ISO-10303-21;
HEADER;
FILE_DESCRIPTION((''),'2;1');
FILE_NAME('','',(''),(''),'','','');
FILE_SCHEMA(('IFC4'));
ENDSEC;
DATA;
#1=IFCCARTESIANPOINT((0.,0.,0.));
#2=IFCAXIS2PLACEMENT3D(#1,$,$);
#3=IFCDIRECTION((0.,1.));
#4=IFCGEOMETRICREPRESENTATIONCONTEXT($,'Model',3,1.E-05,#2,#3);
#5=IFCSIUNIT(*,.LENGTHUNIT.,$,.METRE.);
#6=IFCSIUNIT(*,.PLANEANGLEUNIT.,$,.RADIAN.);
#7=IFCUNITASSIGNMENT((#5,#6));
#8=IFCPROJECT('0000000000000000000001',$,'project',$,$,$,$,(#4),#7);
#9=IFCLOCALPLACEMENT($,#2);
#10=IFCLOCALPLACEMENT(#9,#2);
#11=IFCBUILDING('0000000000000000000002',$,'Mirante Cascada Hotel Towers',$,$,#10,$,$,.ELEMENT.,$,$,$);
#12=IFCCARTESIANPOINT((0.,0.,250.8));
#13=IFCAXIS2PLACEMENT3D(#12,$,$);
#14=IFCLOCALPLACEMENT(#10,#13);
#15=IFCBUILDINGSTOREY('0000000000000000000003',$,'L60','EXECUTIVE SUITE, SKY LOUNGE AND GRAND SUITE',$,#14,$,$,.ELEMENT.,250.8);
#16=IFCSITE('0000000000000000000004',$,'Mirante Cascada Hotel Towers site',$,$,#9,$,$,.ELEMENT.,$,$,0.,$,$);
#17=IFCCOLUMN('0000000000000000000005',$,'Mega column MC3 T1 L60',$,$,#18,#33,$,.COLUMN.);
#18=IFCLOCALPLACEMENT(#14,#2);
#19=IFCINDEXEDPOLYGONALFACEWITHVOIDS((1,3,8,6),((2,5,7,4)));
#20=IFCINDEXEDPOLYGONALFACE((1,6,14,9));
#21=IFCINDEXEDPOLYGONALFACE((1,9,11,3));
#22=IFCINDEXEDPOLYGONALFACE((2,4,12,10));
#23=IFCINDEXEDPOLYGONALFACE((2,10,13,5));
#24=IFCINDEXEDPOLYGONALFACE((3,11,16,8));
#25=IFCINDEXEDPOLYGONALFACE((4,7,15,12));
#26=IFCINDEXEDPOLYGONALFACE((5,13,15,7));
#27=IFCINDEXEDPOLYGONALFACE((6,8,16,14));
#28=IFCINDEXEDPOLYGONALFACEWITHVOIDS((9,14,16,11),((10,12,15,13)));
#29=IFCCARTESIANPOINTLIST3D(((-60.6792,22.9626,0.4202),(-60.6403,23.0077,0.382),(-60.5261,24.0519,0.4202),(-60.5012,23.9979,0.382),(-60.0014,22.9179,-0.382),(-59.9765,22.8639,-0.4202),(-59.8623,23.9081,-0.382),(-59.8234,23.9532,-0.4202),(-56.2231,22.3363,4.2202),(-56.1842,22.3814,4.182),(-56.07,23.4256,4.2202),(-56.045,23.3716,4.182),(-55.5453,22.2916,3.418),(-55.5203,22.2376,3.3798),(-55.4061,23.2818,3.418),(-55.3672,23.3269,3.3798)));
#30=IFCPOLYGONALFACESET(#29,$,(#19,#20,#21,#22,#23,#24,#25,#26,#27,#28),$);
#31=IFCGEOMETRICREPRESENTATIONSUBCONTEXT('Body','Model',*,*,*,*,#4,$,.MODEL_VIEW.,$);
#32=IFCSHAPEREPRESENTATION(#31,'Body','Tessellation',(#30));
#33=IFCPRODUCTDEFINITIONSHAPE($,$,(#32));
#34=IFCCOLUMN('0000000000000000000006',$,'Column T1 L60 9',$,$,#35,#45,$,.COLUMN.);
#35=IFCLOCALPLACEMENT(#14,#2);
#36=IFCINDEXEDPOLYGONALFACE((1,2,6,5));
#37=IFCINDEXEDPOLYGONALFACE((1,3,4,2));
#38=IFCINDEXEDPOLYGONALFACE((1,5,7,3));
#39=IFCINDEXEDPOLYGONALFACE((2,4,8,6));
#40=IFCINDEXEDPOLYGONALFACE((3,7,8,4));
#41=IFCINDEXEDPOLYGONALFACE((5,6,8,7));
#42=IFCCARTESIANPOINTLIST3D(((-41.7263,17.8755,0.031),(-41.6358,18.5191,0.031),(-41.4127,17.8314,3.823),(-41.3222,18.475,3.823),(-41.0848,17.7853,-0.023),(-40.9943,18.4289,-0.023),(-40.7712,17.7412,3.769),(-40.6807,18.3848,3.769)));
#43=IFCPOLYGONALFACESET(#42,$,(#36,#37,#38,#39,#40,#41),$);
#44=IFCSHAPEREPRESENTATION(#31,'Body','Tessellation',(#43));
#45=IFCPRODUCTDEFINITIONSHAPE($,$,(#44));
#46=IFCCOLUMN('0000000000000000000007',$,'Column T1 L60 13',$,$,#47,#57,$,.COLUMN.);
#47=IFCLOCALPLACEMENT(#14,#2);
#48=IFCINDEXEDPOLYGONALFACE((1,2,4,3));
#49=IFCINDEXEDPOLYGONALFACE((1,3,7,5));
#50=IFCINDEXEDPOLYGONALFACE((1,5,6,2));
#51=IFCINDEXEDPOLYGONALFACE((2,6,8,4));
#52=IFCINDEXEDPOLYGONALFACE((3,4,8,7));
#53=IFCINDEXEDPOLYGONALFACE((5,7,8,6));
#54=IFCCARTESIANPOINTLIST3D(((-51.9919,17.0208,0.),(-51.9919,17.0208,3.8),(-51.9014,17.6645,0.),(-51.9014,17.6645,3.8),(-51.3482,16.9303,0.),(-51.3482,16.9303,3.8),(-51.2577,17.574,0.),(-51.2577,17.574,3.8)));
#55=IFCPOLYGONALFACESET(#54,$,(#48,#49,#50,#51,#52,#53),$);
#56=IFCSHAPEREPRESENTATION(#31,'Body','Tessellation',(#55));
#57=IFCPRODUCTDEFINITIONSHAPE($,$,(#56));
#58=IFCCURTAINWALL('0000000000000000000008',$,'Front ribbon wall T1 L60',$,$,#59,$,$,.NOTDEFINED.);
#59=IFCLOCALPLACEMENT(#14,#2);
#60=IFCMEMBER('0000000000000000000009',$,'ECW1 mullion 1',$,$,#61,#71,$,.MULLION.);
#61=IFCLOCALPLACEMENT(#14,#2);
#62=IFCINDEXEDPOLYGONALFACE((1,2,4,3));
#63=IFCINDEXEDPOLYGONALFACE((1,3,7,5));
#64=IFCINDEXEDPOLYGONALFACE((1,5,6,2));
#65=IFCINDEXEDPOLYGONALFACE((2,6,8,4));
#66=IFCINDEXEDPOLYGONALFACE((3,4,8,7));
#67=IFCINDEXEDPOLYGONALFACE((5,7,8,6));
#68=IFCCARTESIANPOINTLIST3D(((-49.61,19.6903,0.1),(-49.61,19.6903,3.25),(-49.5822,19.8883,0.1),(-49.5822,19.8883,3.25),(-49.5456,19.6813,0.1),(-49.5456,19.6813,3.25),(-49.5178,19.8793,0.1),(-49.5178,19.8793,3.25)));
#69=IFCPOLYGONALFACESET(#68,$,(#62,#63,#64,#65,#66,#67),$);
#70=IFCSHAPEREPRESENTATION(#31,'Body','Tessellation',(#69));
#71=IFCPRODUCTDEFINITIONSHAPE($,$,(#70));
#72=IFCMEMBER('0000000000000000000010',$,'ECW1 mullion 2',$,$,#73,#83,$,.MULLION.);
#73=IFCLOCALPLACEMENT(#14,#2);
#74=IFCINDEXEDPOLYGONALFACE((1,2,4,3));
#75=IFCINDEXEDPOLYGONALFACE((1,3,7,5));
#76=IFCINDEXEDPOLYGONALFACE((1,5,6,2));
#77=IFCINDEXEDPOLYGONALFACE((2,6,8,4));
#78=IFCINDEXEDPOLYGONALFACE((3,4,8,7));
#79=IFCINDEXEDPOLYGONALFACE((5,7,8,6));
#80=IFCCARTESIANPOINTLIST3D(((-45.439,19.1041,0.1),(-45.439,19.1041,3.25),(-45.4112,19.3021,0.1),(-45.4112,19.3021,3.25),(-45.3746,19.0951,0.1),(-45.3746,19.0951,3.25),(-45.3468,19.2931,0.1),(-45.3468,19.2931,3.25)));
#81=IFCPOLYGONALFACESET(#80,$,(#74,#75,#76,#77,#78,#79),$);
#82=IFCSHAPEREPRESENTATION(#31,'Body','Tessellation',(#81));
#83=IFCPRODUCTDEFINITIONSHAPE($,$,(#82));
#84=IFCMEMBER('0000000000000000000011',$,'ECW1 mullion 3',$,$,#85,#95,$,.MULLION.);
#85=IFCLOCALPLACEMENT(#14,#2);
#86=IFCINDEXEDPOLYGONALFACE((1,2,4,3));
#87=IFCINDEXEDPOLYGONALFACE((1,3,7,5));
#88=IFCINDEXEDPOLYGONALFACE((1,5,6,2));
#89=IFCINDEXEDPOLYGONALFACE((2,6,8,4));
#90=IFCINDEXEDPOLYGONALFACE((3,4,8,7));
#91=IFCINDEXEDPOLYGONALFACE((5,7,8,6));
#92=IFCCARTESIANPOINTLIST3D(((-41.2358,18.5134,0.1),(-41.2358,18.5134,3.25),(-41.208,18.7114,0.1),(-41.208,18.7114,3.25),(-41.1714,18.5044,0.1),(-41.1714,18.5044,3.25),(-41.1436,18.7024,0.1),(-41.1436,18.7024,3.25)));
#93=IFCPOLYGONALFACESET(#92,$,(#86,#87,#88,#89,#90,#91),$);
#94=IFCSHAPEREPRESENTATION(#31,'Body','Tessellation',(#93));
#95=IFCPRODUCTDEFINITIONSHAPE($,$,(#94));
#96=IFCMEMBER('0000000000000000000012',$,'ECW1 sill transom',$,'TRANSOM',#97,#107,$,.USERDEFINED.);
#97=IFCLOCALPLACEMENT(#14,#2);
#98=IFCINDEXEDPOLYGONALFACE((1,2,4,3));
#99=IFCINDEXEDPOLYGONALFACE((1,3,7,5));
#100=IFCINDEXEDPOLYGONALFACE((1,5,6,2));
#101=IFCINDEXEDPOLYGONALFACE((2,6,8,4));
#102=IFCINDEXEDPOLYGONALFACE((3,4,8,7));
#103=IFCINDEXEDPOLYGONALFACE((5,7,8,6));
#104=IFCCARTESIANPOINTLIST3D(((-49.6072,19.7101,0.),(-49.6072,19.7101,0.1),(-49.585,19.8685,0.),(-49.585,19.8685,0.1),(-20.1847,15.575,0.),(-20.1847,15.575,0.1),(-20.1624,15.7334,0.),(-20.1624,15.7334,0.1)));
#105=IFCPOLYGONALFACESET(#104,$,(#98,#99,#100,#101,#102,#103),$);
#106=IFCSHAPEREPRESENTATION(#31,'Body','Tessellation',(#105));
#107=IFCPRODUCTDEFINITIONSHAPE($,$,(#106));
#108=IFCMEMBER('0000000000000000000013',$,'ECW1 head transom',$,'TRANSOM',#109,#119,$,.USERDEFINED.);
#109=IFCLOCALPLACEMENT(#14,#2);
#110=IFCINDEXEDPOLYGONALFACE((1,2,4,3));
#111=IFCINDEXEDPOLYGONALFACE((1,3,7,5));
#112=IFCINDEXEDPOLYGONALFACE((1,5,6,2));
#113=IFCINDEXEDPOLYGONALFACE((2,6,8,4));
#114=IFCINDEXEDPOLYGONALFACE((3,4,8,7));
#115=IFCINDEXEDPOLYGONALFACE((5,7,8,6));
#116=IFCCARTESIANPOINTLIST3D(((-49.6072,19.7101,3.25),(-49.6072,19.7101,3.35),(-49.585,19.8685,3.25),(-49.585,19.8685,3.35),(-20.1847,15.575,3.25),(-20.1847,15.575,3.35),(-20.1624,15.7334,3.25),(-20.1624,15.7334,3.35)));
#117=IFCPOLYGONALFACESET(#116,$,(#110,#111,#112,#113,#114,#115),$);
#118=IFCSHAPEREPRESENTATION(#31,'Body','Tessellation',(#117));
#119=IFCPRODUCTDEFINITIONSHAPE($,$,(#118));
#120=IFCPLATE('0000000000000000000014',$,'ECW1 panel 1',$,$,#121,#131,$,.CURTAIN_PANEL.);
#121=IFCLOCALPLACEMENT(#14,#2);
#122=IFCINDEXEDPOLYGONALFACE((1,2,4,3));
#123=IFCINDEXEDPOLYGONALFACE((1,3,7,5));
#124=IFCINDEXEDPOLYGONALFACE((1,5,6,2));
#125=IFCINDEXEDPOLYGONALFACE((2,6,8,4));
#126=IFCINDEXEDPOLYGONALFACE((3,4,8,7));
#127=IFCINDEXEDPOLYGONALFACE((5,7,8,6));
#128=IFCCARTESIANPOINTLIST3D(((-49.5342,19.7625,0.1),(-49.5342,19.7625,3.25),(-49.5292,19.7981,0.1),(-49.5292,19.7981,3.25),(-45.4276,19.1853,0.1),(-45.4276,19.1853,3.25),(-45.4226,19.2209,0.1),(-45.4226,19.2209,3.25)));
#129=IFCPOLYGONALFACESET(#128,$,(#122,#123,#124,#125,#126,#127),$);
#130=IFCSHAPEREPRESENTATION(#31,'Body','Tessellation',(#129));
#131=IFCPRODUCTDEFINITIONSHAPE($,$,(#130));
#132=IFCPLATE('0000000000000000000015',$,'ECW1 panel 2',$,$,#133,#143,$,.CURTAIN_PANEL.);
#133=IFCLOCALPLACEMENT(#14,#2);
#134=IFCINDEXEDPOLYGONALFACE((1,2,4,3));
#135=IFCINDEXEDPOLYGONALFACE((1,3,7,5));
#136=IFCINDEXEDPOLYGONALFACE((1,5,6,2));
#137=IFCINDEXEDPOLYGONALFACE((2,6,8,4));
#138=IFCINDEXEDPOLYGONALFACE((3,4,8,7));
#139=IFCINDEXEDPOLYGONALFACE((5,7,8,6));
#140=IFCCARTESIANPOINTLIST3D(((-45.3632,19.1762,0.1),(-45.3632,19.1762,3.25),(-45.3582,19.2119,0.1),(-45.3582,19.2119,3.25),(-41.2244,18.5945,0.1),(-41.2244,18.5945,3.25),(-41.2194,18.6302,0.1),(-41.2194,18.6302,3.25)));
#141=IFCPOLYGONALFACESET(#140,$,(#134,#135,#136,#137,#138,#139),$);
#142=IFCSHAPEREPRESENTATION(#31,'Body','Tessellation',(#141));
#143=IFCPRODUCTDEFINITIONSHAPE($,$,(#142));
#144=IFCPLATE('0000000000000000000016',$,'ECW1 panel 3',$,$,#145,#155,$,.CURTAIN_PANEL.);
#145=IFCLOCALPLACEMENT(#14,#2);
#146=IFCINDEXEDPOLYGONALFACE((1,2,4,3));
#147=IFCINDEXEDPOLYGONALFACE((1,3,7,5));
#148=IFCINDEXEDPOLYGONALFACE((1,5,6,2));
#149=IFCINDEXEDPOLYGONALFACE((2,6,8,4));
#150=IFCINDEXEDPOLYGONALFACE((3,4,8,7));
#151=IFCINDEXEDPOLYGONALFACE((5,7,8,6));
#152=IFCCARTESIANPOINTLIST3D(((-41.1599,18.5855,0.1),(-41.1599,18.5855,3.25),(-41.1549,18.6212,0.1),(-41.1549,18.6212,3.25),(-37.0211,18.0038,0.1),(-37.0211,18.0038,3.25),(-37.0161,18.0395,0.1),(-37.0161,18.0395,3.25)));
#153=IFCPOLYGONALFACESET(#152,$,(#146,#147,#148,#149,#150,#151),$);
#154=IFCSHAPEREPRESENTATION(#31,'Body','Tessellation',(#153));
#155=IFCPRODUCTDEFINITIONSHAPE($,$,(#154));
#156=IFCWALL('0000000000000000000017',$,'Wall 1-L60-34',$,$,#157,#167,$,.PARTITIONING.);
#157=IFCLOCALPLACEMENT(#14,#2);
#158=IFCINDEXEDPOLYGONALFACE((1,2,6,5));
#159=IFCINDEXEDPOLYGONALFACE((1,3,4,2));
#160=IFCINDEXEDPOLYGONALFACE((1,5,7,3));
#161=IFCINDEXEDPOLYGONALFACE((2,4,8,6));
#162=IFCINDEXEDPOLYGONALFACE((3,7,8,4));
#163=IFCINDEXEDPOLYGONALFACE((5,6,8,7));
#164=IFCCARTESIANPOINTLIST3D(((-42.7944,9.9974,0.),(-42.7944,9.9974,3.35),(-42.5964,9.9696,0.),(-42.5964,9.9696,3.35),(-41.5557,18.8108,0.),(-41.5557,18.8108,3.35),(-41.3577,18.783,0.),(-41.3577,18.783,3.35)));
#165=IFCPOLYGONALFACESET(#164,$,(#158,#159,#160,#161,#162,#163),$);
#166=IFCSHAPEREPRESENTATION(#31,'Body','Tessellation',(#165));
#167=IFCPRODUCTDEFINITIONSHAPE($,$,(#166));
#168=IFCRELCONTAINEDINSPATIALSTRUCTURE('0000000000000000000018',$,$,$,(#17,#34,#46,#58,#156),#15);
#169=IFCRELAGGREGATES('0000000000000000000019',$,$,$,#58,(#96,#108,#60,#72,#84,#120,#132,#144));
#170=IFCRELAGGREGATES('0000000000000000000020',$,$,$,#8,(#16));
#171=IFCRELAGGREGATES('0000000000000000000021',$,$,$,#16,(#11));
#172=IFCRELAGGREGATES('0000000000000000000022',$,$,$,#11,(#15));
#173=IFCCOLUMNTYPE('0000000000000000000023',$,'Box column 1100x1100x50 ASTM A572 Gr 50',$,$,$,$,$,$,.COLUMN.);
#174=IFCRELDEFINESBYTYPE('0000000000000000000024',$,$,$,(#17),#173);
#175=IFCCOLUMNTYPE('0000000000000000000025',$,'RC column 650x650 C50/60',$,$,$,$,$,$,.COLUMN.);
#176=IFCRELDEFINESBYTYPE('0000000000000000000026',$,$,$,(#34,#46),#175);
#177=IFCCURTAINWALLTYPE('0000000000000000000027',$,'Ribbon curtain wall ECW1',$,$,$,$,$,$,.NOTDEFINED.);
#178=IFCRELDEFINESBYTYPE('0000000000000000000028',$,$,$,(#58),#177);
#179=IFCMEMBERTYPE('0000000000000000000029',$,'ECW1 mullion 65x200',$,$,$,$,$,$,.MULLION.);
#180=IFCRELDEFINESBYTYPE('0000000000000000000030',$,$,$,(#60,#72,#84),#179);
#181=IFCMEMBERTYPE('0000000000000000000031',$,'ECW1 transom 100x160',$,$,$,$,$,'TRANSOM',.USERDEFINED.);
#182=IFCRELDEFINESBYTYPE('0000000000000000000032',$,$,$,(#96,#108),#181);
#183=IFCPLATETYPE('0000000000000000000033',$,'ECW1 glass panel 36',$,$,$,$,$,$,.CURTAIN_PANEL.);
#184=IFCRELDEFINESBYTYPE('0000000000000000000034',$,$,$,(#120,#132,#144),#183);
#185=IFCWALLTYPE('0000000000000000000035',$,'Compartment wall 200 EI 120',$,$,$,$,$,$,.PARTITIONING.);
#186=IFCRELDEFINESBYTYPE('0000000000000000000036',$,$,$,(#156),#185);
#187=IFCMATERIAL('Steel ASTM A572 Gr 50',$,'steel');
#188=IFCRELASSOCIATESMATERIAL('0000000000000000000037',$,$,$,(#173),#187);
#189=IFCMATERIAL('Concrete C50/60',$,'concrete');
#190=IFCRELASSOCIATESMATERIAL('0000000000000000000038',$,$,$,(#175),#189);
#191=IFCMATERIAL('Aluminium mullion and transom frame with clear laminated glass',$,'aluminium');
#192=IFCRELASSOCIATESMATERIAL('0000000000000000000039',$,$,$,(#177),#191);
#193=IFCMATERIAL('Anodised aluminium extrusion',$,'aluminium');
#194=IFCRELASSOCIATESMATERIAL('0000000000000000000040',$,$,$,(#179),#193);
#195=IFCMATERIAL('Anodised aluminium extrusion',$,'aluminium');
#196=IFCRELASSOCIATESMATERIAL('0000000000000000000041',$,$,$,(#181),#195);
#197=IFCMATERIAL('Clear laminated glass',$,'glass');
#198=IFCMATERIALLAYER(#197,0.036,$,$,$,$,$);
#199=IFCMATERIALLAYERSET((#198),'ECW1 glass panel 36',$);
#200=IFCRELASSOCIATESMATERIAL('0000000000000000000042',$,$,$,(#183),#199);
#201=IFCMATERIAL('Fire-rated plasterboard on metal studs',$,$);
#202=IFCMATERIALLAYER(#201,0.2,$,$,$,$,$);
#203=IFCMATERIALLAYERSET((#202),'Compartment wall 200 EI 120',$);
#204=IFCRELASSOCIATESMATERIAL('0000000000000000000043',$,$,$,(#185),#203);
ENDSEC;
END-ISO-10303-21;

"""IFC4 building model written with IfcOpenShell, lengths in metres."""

from ifc_helpers import new_model, si_unit, direction, frame, frame_2d, origin, origin_2d, place, context, subcontext, project, spatial, rectangle, hollow_rectangle, extrude, material, layer, layer_set, material_profile, profile_set, type_object, element, aggregate, save


model = new_model("IFC4")

# Units and contexts
model_context = context("Model", 3, precision=1e-05, world=origin(), true_north=direction((0.0, 1.0)))
body_context = subcontext(model_context, "Body", "Model", "MODEL_VIEW")
ifc_project = project(units=[si_unit("LENGTHUNIT", "METRE"), si_unit("PLANEANGLEUNIT", "RADIAN")], contexts=[model_context])

# Site, building, storey
site_placement = place(None, origin())
site = spatial("IfcSite", under=ifc_project, at=site_placement, Name="Mirante Cascada Hotel Towers site", CompositionType="ELEMENT", RefElevation=0.0)
building_placement = place(site_placement, origin())
building = spatial("IfcBuilding", under=site, at=building_placement, Name="Mirante Cascada Hotel Towers", CompositionType="ELEMENT")
storey_placement = place(building_placement, frame((0.0, 0.0, 250.8)))
storey = spatial("IfcBuildingStorey", under=building, at=storey_placement, Name="L60", Description="EXECUTIVE SUITE, SKY LOUNGE AND GRAND SUITE", CompositionType="ELEMENT", Elevation=250.8)

# Columns
ifc_material_1 = material(Name="Steel ASTM A572 Gr 50", Category="steel")
ifc_material_profile_1 = material_profile(ifc_material_1, hollow_rectangle(XDim=1.1, YDim=1.1, WallThickness=0.05, at=origin_2d()), Name="Box column 1100x1100x50 ASTM A572 Gr 50")
ifc_profile_set_1 = profile_set([ifc_material_profile_1], Name="Steel ASTM A572 Gr 50")
column_type_1 = type_object("IfcColumnType", Name="Box column 1100x1100x50 ASTM A572 Gr 50", PredefinedType="COLUMN", material=ifc_profile_set_1)
column_1_placement = place(storey_placement, frame((-60.2513, 23.4579, 0.0), z_axis=(0.756594, -0.106336, 0.645181), x_axis=(0.139178, 0.990267, 0.0)))
element("IfcColumn", 1, at=column_1_placement, inside=storey, type_object=column_type_1, Name="Mega column MC3 T1 L60", PredefinedType="COLUMN", context=body_context, shape_type="SweptSolid", body=[
    extrude(hollow_rectangle(XDim=1.1, YDim=1.1, WallThickness=0.05, at=origin_2d()), origin(), (0.0, 0.0, 1.0), 5.8898),
])
ifc_material_2 = material(Name="Concrete C50/60", Category="concrete")
ifc_material_profile_2 = material_profile(ifc_material_2, rectangle(XDim=0.65, YDim=0.65, at=origin_2d()), Name="RC column 650x650 C50/60")
ifc_profile_set_2 = profile_set([ifc_material_profile_2], Name="Concrete C50/60")
column_type_2 = type_object("IfcColumnType", Name="RC column 650x650 C50/60", PredefinedType="COLUMN", material=ifc_profile_set_2)
column_2_placement = place(storey_placement, frame((-41.3603, 18.1522, 0.004), z_axis=(0.082414, -0.011589, 0.996531), x_axis=(0.139255, 0.990257, 0.0)))
element("IfcColumn", 2, at=column_2_placement, inside=storey, type_object=column_type_2, Name="Column T1 L60 9", PredefinedType="COLUMN", context=body_context, shape_type="SweptSolid", body=[
    extrude(rectangle(XDim=0.65, YDim=0.65, at=origin_2d()), origin(), (0.0, 0.0, 1.0), 3.8052),
])
column_3_placement = place(storey_placement, frame((-51.6248, 17.2974, 0.0), z_axis=(0.0, 0.0, 1.0), x_axis=(-0.990268, 0.139173, 0.0)))
element("IfcColumn", 3, at=column_3_placement, inside=storey, type_object=column_type_2, Name="Column T1 L60 13", PredefinedType="COLUMN", context=body_context, shape_type="SweptSolid", body=[
    extrude(rectangle(XDim=0.65, YDim=0.65, at=origin_2d()), origin(), (0.0, 0.0, 1.0), 3.8),
])

# Curtain wall, members, plates
ifc_material_3 = material(Name="Aluminium mullion and transom frame with clear laminated glass", Category="aluminium")
curtain_wall_type = type_object("IfcCurtainWallType", Name="Ribbon curtain wall ECW1", PredefinedType="NOTDEFINED", material=ifc_material_3)
curtain_wall_placement = place(storey_placement, origin())
curtain_wall = element("IfcCurtainWall", 4, at=curtain_wall_placement, inside=storey, type_object=curtain_wall_type, Name="Front ribbon wall T1 L60", PredefinedType="NOTDEFINED")
ifc_material_4 = material(Name="Anodised aluminium extrusion", Category="aluminium")
ifc_material_profile_3 = material_profile(ifc_material_4, rectangle(XDim=0.2, YDim=0.065, at=origin_2d()), Name="ECW1 MULLION 65x200")
ifc_profile_set_3 = profile_set([ifc_material_profile_3], Name="Anodised aluminium extrusion")
member_type_1 = type_object("IfcMemberType", Name="ECW1 mullion 65x200", PredefinedType="MULLION", material=ifc_profile_set_3)
member_1_placement = place(storey_placement, frame((-49.5639, 19.7848, 0.1), z_axis=(0.0, 0.0, 1.0), x_axis=(0.139173, 0.990268, 0.0)))
member_1 = element("IfcMember", 5, at=member_1_placement, type_object=member_type_1, Name="ECW1 mullion 1", PredefinedType="MULLION", context=body_context, shape_type="SweptSolid", body=[
    extrude(rectangle(XDim=0.2, YDim=0.065, at=origin_2d()), origin(), (0.0, 0.0, 1.0), 3.15),
])
member_2_placement = place(storey_placement, frame((-45.3929, 19.1986, 0.1), z_axis=(0.0, 0.0, 1.0), x_axis=(0.139173, 0.990268, 0.0)))
member_2 = element("IfcMember", 6, at=member_2_placement, type_object=member_type_1, Name="ECW1 mullion 2", PredefinedType="MULLION", context=body_context, shape_type="SweptSolid", body=[
    extrude(rectangle(XDim=0.2, YDim=0.065, at=origin_2d()), origin(), (0.0, 0.0, 1.0), 3.15),
])
member_3_placement = place(storey_placement, frame((-41.1897, 18.6079, 0.1), z_axis=(0.0, 0.0, 1.0), x_axis=(0.139173, 0.990268, 0.0)))
member_3 = element("IfcMember", 7, at=member_3_placement, type_object=member_type_1, Name="ECW1 mullion 3", PredefinedType="MULLION", context=body_context, shape_type="SweptSolid", body=[
    extrude(rectangle(XDim=0.2, YDim=0.065, at=origin_2d()), origin(), (0.0, 0.0, 1.0), 3.15),
])
ifc_material_5 = material(Name="Anodised aluminium extrusion", Category="aluminium")
ifc_material_profile_4 = material_profile(ifc_material_5, rectangle(XDim=0.16, YDim=0.1, at=origin_2d()), Name="ECW1 TRANSOM 100x160")
ifc_profile_set_4 = profile_set([ifc_material_profile_4], Name="Anodised aluminium extrusion")
member_type_2 = type_object("IfcMemberType", Name="ECW1 transom 100x160", ElementType="TRANSOM", PredefinedType="USERDEFINED", material=ifc_profile_set_4)
member_4_placement = place(storey_placement, frame((-49.5961, 19.7893, 0.05), z_axis=(0.990268, -0.139174, 0.0), x_axis=(0.139174, 0.990268, 0.0)))
member_4 = element("IfcMember", 8, at=member_4_placement, type_object=member_type_2, Name="ECW1 sill transom", ObjectType="TRANSOM", PredefinedType="USERDEFINED", context=body_context, shape_type="SweptSolid", body=[
    extrude(rectangle(XDim=0.16, YDim=0.1, at=origin_2d()), origin(), (0.0, 0.0, 1.0), 29.7117),
])
member_5_placement = place(storey_placement, frame((-49.5961, 19.7893, 3.3), z_axis=(0.990268, -0.139174, 0.0), x_axis=(0.139174, 0.990268, 0.0)))
member_5 = element("IfcMember", 9, at=member_5_placement, type_object=member_type_2, Name="ECW1 head transom", ObjectType="TRANSOM", PredefinedType="USERDEFINED", context=body_context, shape_type="SweptSolid", body=[
    extrude(rectangle(XDim=0.16, YDim=0.1, at=origin_2d()), origin(), (0.0, 0.0, 1.0), 29.7117),
])
ifc_material_6 = material(Name="Clear laminated glass", Category="glass")
ifc_layer_1 = layer(ifc_material_6, 0.036)
ifc_layer_set_1 = layer_set([ifc_layer_1], Name="ECW1 glass panel 36")
plate_type = type_object("IfcPlateType", Name="ECW1 glass panel 36", PredefinedType="CURTAIN_PANEL", material=ifc_layer_set_1)
plate_1_placement = place(storey_placement, frame((-47.4784, 19.4917, 0.1), z_axis=(0.0, 0.0, 1.0), x_axis=(0.990268, -0.139173, 0.0)))
plate_1 = element("IfcPlate", 10, at=plate_1_placement, type_object=plate_type, Name="ECW1 panel 1", PredefinedType="CURTAIN_PANEL", context=body_context, shape_type="SweptSolid", body=[
    extrude(rectangle(XDim=4.147, YDim=0.036, at=origin_2d()), origin(), (0.0, 0.0, 1.0), 3.15),
])
plate_2_placement = place(storey_placement, frame((-43.2913, 18.9032, 0.1), z_axis=(0.0, 0.0, 1.0), x_axis=(0.990268, -0.139173, 0.0)))
plate_2 = element("IfcPlate", 11, at=plate_2_placement, type_object=plate_type, Name="ECW1 panel 2", PredefinedType="CURTAIN_PANEL", context=body_context, shape_type="SweptSolid", body=[
    extrude(rectangle(XDim=4.1795, YDim=0.036, at=origin_2d()), origin(), (0.0, 0.0, 1.0), 3.15),
])
plate_3_placement = place(storey_placement, frame((-39.088, 18.3125, 0.1), z_axis=(0.0, 0.0, 1.0), x_axis=(0.990268, -0.139173, 0.0)))
plate_3 = element("IfcPlate", 12, at=plate_3_placement, type_object=plate_type, Name="ECW1 panel 3", PredefinedType="CURTAIN_PANEL", context=body_context, shape_type="SweptSolid", body=[
    extrude(rectangle(XDim=4.1795, YDim=0.036, at=origin_2d()), origin(), (0.0, 0.0, 1.0), 3.15),
])
aggregate(curtain_wall, [member_4, member_5, member_1, member_2, member_3, plate_1, plate_2, plate_3])

# Wall
ifc_material_7 = material(Name="Fire-rated plasterboard on metal studs")
ifc_layer_2 = layer(ifc_material_7, 0.2)
ifc_layer_set_2 = layer_set([ifc_layer_2], Name="Compartment wall 200 EI 120")
wall_type_1 = type_object("IfcWallType", Name="Compartment wall 200 EI 120", PredefinedType="PARTITIONING", material=ifc_layer_set_2)
wall_1_placement = place(storey_placement, frame((-41.4567, 18.7969, 0.0), z_axis=(0.0, 0.0, 1.0), x_axis=(-0.139179, -0.990267, 0.0)))
element("IfcWall", 13, at=wall_1_placement, inside=storey, type_object=wall_type_1, Name="Wall 1-L60-34", PredefinedType="PARTITIONING", context=body_context, shape_type="SweptSolid", body=[
    extrude(rectangle(XDim=8.9, YDim=0.2, at=frame_2d((4.45, 0.0))), origin(), (0.0, 0.0, 1.0), 3.35),
])

save(model, "model.ifc")
